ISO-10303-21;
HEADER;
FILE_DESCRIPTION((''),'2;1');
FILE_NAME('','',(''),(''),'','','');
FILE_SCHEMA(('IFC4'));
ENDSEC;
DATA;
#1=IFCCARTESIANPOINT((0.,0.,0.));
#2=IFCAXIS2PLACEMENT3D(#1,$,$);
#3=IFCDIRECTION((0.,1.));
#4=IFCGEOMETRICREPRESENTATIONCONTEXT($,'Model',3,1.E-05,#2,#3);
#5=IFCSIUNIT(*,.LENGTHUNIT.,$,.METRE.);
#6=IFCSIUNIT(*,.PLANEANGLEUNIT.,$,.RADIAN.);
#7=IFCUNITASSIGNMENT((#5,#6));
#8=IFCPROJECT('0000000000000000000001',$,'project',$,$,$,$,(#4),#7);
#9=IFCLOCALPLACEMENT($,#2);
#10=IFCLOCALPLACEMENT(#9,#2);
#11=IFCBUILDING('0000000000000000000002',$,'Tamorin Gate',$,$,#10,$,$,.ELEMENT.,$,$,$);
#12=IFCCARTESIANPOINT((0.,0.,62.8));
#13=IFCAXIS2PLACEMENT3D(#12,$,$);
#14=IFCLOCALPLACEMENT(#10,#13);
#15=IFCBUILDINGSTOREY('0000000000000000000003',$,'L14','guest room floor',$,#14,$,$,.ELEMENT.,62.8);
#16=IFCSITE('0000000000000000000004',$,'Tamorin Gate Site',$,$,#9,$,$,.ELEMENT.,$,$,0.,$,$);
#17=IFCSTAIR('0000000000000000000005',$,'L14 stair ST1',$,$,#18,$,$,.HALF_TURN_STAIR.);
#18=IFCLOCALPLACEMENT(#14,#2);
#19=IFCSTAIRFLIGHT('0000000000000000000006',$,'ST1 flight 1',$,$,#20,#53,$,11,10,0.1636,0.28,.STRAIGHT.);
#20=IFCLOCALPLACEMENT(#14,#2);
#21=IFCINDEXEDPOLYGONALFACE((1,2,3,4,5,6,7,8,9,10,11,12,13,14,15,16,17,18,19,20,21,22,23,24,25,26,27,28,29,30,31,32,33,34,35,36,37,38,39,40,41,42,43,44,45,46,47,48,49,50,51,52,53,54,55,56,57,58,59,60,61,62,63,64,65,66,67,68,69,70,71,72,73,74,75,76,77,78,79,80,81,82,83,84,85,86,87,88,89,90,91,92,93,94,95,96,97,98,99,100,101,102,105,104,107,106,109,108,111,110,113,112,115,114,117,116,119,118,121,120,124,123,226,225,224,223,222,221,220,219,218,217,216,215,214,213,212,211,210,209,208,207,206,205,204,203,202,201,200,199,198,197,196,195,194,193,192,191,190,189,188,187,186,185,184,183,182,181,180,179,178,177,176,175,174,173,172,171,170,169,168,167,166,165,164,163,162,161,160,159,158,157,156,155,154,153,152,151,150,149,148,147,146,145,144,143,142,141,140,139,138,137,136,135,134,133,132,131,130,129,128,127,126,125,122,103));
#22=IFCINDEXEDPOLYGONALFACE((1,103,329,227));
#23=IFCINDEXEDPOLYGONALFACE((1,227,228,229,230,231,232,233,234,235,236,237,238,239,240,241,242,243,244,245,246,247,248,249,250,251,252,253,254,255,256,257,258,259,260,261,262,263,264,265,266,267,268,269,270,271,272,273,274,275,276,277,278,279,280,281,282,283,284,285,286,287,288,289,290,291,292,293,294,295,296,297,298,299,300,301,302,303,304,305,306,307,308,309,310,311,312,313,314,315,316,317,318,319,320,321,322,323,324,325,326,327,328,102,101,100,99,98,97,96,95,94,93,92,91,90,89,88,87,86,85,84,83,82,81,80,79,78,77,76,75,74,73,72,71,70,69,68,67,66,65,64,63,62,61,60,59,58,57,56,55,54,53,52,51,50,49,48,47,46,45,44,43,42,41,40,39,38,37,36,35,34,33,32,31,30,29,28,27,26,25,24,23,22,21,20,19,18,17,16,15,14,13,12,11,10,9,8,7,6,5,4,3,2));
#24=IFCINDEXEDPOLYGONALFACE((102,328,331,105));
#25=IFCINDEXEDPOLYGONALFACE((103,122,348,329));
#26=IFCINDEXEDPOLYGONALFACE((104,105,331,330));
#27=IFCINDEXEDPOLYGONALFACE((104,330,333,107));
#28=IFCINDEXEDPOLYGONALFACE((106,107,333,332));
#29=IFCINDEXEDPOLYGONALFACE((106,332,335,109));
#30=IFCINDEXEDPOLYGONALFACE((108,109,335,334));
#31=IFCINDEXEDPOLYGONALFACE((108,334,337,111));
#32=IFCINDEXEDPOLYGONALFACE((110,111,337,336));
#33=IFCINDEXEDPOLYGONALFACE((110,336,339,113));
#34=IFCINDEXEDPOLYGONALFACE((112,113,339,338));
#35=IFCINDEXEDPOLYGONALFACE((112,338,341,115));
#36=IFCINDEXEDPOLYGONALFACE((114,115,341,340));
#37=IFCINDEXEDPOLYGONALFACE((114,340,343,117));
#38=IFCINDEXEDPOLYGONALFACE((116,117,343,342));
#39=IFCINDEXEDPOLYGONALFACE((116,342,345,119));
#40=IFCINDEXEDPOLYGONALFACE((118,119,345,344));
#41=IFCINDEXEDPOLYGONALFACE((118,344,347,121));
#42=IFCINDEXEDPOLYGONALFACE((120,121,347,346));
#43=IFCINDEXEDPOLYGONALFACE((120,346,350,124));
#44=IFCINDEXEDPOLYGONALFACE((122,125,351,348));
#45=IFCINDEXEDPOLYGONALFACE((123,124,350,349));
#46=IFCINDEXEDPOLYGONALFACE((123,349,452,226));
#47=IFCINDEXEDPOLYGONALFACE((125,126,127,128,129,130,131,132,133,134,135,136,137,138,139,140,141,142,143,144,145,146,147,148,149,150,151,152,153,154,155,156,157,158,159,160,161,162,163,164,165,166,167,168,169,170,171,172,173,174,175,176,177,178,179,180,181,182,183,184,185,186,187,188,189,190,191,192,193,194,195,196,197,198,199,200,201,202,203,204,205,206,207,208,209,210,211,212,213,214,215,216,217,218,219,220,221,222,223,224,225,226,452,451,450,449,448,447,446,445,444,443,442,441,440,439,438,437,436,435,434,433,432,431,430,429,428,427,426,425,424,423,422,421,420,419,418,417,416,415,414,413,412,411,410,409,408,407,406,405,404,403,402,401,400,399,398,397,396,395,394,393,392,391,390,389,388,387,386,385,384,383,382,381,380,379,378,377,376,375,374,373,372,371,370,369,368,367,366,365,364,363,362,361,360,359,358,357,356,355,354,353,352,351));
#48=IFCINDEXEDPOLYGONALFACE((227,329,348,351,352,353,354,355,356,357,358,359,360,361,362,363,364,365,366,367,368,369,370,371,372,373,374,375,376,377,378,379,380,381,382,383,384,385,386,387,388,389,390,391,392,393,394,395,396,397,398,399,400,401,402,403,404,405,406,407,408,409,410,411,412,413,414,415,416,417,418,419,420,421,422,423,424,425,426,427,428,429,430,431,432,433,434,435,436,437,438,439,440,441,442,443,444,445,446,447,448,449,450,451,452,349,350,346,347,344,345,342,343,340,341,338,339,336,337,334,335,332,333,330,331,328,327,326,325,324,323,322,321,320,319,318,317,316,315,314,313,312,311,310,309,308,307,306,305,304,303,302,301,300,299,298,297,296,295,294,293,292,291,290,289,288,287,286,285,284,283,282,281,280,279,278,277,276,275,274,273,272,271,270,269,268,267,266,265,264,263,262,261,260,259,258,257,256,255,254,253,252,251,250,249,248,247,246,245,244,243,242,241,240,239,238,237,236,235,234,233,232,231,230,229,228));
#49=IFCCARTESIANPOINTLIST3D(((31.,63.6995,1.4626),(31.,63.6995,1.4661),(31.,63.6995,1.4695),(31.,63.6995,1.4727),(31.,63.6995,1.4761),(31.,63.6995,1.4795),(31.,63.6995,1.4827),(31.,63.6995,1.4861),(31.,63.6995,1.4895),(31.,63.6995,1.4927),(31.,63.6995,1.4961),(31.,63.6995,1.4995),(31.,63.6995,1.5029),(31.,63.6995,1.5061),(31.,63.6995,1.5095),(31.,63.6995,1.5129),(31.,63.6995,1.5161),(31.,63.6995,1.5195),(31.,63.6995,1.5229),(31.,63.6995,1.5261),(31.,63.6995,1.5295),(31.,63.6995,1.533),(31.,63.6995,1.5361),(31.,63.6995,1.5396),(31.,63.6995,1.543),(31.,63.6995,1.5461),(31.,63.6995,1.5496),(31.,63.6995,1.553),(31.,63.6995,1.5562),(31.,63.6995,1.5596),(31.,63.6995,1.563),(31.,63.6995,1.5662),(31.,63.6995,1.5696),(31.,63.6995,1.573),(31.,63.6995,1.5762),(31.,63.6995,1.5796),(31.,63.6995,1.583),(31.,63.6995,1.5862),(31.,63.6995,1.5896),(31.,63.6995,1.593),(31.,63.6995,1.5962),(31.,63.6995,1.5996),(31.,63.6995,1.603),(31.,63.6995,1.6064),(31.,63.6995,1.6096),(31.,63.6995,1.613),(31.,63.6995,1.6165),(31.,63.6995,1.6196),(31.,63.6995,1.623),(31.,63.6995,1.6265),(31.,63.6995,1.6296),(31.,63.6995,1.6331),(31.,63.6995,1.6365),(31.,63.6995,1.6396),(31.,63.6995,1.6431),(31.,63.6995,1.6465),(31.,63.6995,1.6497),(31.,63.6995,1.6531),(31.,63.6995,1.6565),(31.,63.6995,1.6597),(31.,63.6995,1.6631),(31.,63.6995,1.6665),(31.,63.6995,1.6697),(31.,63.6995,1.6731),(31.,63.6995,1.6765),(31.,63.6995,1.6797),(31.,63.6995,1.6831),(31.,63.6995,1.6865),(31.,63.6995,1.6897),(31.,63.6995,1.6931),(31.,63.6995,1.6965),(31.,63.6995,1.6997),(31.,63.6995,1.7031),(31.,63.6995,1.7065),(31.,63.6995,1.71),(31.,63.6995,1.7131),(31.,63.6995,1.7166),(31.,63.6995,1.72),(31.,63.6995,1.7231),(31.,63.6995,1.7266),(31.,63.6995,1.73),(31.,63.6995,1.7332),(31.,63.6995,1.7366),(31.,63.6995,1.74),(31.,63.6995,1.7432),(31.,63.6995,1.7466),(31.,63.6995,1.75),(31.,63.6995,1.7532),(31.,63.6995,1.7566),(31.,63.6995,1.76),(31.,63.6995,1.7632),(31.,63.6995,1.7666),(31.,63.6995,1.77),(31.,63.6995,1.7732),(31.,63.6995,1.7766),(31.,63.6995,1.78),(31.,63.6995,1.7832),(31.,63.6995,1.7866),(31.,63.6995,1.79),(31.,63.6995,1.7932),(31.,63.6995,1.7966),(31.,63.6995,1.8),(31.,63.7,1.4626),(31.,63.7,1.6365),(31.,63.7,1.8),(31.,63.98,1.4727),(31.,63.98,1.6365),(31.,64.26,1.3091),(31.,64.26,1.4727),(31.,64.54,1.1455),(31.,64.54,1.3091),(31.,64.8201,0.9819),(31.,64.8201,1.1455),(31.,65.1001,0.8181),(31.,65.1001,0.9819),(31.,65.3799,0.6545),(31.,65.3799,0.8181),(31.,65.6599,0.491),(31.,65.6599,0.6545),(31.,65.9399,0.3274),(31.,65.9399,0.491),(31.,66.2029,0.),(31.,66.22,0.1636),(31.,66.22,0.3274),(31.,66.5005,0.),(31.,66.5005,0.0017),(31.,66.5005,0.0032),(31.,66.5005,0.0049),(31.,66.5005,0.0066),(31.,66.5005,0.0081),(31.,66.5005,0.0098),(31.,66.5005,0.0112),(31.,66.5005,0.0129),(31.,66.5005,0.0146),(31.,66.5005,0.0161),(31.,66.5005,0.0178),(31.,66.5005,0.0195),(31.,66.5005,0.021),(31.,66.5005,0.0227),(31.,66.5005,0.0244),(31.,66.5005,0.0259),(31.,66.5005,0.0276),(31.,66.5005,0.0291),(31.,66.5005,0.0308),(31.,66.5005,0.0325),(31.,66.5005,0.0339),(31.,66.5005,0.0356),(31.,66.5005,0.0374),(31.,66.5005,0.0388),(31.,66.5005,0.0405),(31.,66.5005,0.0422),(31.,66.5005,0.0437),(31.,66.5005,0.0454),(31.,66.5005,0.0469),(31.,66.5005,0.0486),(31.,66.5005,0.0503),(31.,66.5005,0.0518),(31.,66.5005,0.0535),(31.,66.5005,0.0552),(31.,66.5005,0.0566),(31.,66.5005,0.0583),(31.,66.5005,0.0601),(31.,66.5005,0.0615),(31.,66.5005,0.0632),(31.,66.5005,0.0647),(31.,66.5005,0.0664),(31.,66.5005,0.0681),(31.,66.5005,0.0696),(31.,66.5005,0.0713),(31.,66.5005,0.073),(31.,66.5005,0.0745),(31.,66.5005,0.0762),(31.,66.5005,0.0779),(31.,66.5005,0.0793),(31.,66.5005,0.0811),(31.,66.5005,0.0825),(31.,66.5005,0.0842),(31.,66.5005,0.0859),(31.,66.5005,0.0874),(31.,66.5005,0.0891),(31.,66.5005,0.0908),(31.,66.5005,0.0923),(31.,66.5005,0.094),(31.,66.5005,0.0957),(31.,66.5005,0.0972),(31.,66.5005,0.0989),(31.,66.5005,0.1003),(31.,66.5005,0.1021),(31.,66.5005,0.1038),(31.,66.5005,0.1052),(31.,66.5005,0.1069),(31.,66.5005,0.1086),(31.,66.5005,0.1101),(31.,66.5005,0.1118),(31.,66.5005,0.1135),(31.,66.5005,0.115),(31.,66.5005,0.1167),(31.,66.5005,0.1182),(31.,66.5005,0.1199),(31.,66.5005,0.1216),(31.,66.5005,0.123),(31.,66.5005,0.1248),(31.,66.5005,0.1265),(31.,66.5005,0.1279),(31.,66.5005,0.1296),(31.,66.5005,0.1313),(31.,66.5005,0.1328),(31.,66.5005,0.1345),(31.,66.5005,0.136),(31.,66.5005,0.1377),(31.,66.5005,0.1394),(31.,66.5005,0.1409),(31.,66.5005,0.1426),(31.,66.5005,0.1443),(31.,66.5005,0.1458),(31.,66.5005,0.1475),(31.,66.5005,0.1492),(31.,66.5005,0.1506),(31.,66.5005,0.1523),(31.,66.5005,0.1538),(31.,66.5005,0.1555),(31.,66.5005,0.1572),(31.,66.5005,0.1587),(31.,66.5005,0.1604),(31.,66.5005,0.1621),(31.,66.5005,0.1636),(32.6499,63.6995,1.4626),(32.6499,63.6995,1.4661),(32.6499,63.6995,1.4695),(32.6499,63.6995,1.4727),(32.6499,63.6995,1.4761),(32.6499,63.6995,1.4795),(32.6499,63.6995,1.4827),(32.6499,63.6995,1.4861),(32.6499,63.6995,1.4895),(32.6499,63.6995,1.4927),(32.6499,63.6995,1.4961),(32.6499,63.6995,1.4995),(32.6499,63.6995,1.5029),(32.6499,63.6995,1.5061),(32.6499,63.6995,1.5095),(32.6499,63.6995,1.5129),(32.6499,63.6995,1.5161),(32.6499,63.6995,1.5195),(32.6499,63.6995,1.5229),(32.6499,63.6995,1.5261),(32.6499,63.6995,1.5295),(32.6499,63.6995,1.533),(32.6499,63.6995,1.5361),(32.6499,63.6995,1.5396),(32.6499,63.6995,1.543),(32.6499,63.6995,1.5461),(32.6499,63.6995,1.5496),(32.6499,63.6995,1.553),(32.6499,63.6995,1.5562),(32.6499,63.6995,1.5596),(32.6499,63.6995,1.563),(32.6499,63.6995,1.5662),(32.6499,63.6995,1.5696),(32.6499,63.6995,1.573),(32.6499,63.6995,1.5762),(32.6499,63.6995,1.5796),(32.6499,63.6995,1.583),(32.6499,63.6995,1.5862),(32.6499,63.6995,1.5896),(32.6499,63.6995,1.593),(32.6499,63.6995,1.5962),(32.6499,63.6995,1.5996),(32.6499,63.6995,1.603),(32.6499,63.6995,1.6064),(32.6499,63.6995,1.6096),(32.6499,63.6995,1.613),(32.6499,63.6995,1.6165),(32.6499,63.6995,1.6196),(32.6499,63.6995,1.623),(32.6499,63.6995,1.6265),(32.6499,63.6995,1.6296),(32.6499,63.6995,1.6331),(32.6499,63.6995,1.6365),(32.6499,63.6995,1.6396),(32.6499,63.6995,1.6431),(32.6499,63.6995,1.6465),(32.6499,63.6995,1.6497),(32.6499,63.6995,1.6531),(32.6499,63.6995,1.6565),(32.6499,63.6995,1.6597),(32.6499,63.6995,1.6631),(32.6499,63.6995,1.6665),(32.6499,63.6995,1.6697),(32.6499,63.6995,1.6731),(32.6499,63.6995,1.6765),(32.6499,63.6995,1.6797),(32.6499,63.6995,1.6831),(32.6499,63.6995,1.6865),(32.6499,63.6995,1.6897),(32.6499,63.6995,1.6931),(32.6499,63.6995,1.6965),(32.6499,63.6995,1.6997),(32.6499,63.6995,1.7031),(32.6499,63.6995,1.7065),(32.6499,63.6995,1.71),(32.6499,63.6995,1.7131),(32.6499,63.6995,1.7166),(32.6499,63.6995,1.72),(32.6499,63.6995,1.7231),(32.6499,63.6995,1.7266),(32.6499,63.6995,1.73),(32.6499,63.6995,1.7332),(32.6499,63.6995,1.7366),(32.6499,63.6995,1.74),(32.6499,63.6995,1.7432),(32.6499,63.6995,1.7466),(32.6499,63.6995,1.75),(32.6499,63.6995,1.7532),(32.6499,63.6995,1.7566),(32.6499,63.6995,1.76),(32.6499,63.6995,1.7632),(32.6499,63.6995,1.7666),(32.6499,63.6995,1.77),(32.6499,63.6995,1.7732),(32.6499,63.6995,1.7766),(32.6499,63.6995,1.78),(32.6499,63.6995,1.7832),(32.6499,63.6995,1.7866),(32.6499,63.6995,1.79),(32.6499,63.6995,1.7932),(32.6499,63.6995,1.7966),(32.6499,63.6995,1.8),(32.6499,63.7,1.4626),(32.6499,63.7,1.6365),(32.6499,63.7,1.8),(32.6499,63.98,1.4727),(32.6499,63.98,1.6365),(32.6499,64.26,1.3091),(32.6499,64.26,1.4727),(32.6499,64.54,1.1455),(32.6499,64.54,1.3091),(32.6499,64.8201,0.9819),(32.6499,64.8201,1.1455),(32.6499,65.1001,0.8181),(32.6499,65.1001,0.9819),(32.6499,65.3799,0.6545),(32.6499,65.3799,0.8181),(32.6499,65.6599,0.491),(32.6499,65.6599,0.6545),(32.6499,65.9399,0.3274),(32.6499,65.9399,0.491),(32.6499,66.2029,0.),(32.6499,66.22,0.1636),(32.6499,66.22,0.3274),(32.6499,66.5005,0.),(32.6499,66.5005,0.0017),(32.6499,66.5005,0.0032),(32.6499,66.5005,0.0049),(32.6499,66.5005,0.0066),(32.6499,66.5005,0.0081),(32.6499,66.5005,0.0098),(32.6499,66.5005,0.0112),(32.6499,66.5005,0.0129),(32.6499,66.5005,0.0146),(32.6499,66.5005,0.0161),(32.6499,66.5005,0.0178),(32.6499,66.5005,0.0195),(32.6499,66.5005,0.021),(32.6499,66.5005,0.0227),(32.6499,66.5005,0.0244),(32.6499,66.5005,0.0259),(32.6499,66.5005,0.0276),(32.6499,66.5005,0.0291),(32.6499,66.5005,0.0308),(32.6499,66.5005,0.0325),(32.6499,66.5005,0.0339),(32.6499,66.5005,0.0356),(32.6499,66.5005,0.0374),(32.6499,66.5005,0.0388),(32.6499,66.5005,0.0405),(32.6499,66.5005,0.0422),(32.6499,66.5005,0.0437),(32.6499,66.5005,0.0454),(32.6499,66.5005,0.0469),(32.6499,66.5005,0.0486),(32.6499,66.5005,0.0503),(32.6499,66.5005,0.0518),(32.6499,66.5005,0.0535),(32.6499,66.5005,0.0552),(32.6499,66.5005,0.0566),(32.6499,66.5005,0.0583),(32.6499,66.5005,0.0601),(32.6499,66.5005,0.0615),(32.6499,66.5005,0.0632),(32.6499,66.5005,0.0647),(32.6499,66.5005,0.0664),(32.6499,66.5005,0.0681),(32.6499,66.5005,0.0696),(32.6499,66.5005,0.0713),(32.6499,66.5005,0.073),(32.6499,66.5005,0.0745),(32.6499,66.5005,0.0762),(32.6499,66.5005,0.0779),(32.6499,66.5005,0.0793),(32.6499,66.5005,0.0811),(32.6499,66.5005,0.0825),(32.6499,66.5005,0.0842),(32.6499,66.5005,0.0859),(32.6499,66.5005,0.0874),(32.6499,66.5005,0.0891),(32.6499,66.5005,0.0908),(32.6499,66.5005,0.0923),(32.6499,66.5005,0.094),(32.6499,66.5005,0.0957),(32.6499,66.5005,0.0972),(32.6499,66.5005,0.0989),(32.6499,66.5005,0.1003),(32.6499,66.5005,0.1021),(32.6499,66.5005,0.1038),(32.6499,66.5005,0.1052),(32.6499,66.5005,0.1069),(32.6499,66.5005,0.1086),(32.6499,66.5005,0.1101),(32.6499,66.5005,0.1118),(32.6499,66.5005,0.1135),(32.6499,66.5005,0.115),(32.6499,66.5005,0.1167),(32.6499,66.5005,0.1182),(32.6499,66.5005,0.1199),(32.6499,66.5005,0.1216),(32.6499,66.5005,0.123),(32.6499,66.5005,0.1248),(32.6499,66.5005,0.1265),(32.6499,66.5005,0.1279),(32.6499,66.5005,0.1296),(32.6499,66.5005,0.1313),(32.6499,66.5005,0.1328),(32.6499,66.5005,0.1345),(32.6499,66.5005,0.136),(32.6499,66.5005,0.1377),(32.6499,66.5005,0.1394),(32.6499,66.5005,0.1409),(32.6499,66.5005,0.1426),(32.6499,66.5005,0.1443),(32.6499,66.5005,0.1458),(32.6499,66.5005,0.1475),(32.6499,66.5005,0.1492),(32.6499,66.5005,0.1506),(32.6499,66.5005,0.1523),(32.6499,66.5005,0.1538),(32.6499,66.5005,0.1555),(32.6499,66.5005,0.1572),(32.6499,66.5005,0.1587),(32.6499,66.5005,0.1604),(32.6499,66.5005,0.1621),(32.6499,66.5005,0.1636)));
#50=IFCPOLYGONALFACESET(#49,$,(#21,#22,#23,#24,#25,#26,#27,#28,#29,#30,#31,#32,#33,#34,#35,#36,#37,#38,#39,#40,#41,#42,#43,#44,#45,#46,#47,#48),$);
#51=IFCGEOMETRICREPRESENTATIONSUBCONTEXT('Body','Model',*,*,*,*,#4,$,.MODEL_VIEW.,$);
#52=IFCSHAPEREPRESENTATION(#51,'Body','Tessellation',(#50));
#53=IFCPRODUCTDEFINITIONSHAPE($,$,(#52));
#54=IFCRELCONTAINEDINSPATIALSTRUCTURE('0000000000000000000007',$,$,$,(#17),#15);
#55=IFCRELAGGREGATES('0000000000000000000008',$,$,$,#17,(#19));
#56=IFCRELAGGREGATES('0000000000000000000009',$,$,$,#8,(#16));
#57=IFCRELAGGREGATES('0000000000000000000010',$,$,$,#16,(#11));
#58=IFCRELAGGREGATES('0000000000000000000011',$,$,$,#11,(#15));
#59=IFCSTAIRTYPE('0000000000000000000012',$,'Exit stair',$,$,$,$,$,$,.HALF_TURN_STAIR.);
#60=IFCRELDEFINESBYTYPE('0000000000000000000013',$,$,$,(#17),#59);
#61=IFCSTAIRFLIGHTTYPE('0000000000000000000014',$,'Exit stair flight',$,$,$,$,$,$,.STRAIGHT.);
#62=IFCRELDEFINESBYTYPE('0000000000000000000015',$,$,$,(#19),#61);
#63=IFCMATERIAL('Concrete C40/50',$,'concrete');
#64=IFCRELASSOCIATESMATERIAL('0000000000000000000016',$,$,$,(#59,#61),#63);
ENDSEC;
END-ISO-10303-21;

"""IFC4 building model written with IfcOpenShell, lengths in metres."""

from ifc_helpers import new_model, si_unit, direction, frame, origin, place, context, subcontext, project, spatial, polyline, outline, extrude, material, type_object, element, aggregate, save


model = new_model("IFC4")

# Units and contexts
model_context = context("Model", 3, precision=1e-05, world=origin(), true_north=direction((0.0, 1.0)))
body_context = subcontext(model_context, "Body", "Model", "MODEL_VIEW")
ifc_project = project(units=[si_unit("LENGTHUNIT", "METRE"), si_unit("PLANEANGLEUNIT", "RADIAN")], contexts=[model_context])

# Site, building, storey
site_placement = place(None, origin())
site = spatial("IfcSite", under=ifc_project, at=site_placement, Name="Tamorin Gate Site", CompositionType="ELEMENT", RefElevation=0.0)
building_placement = place(site_placement, origin())
building = spatial("IfcBuilding", under=site, at=building_placement, Name="Tamorin Gate", CompositionType="ELEMENT")
storey_placement = place(building_placement, frame((0.0, 0.0, 62.8)))
storey = spatial("IfcBuildingStorey", under=building, at=storey_placement, Name="L14", Description="guest room floor", CompositionType="ELEMENT", Elevation=62.8)

# Shared definitions
ifc_material_1 = material(Name="Concrete C40/50", Category="concrete")

# Stair, stair flight
stair_type = type_object("IfcStairType", Name="Exit stair", PredefinedType="HALF_TURN_STAIR", material=ifc_material_1)
stair_placement = place(storey_placement, origin())
stair = element("IfcStair", 1, at=stair_placement, inside=storey, type_object=stair_type, Name="L14 stair ST1", PredefinedType="HALF_TURN_STAIR")
stair_flight_type = type_object("IfcStairFlightType", Name="Exit stair flight", PredefinedType="STRAIGHT", material=ifc_material_1)
stair_flight_1_placement = place(storey_placement, frame((31.825, 66.5, 0.0), z_axis=(0.0, 0.0, 1.0), x_axis=(0.0, -1.0, 0.0)))
stair_flight_1 = element("IfcStairFlight", 2, at=stair_flight_1_placement, type_object=stair_flight_type, Name="ST1 flight 1", NumberOfRisers=11, NumberOfTreads=10, PredefinedType="STRAIGHT", RiserHeight=0.1636, TreadLength=0.28, context=body_context, shape_type="SweptSolid", body=[
    extrude(outline(polyline([(-0.0005, 0.0), (-0.0005, 0.0017), (-0.0005, 0.0032), (-0.0005, 0.0049), (-0.0005, 0.0066), (-0.0005, 0.0081), (-0.0005, 0.0098), (-0.0005, 0.0112), (-0.0005, 0.0129), (-0.0005, 0.0146), (-0.0005, 0.0161), (-0.0005, 0.0178), (-0.0005, 0.0195), (-0.0005, 0.021), (-0.0005, 0.0227), (-0.0005, 0.0244), (-0.0005, 0.0259), (-0.0005, 0.0276), (-0.0005, 0.0291), (-0.0005, 0.0308), (-0.0005, 0.0325), (-0.0005, 0.0339), (-0.0005, 0.0356), (-0.0005, 0.0374), (-0.0005, 0.0388), (-0.0005, 0.0405), (-0.0005, 0.0422), (-0.0005, 0.0437), (-0.0005, 0.0454), (-0.0005, 0.0469), (-0.0005, 0.0486), (-0.0005, 0.0503), (-0.0005, 0.0518), (-0.0005, 0.0535), (-0.0005, 0.0552), (-0.0005, 0.0566), (-0.0005, 0.0583), (-0.0005, 0.0601), (-0.0005, 0.0615), (-0.0005, 0.0632), (-0.0005, 0.0647), (-0.0005, 0.0664), (-0.0005, 0.0681), (-0.0005, 0.0696), (-0.0005, 0.0713), (-0.0005, 0.073), (-0.0005, 0.0745), (-0.0005, 0.0762), (-0.0005, 0.0779), (-0.0005, 0.0793), (-0.0005, 0.0811), (-0.0005, 0.0825), (-0.0005, 0.0842), (-0.0005, 0.0859), (-0.0005, 0.0874), (-0.0005, 0.0891), (-0.0005, 0.0908), (-0.0005, 0.0923), (-0.0005, 0.094), (-0.0005, 0.0957), (-0.0005, 0.0972), (-0.0005, 0.0989), (-0.0005, 0.1003), (-0.0005, 0.1021), (-0.0005, 0.1038), (-0.0005, 0.1052), (-0.0005, 0.1069), (-0.0005, 0.1086), (-0.0005, 0.1101), (-0.0005, 0.1118), (-0.0005, 0.1135), (-0.0005, 0.115), (-0.0005, 0.1167), (-0.0005, 0.1182), (-0.0005, 0.1199), (-0.0005, 0.1216), (-0.0005, 0.123), (-0.0005, 0.1248), (-0.0005, 0.1265), (-0.0005, 0.1279), (-0.0005, 0.1296), (-0.0005, 0.1313), (-0.0005, 0.1328), (-0.0005, 0.1345), (-0.0005, 0.136), (-0.0005, 0.1377), (-0.0005, 0.1394), (-0.0005, 0.1409), (-0.0005, 0.1426), (-0.0005, 0.1443), (-0.0005, 0.1458), (-0.0005, 0.1475), (-0.0005, 0.1492), (-0.0005, 0.1506), (-0.0005, 0.1523), (-0.0005, 0.1538), (-0.0005, 0.1555), (-0.0005, 0.1572), (-0.0005, 0.1587), (-0.0005, 0.1604), (-0.0005, 0.1621), (-0.0005, 0.1636), (0.28, 0.1636), (0.28, 0.3274), (0.5601, 0.3274), (0.5601, 0.491), (0.8401, 0.491), (0.8401, 0.6545), (1.1201, 0.6545), (1.1201, 0.8181), (1.3999, 0.8181), (1.3999, 0.9819), (1.6799, 0.9819), (1.6799, 1.1455), (1.96, 1.1455), (1.96, 1.3091), (2.24, 1.3091), (2.24, 1.4727), (2.52, 1.4727), (2.52, 1.6365), (2.8, 1.6365), (2.8, 1.8), (2.8005, 1.8), (2.8005, 1.7966), (2.8005, 1.7932), (2.8005, 1.79), (2.8005, 1.7866), (2.8005, 1.7832), (2.8005, 1.78), (2.8005, 1.7766), (2.8005, 1.7732), (2.8005, 1.77), (2.8005, 1.7666), (2.8005, 1.7632), (2.8005, 1.76), (2.8005, 1.7566), (2.8005, 1.7532), (2.8005, 1.75), (2.8005, 1.7466), (2.8005, 1.7432), (2.8005, 1.74), (2.8005, 1.7366), (2.8005, 1.7332), (2.8005, 1.73), (2.8005, 1.7266), (2.8005, 1.7231), (2.8005, 1.72), (2.8005, 1.7166), (2.8005, 1.7131), (2.8005, 1.71), (2.8005, 1.7065), (2.8005, 1.7031), (2.8005, 1.6997), (2.8005, 1.6965), (2.8005, 1.6931), (2.8005, 1.6897), (2.8005, 1.6865), (2.8005, 1.6831), (2.8005, 1.6797), (2.8005, 1.6765), (2.8005, 1.6731), (2.8005, 1.6697), (2.8005, 1.6665), (2.8005, 1.6631), (2.8005, 1.6597), (2.8005, 1.6565), (2.8005, 1.6531), (2.8005, 1.6497), (2.8005, 1.6465), (2.8005, 1.6431), (2.8005, 1.6396), (2.8005, 1.6365), (2.8005, 1.6331), (2.8005, 1.6296), (2.8005, 1.6265), (2.8005, 1.623), (2.8005, 1.6196), (2.8005, 1.6165), (2.8005, 1.613), (2.8005, 1.6096), (2.8005, 1.6064), (2.8005, 1.603), (2.8005, 1.5996), (2.8005, 1.5962), (2.8005, 1.593), (2.8005, 1.5896), (2.8005, 1.5862), (2.8005, 1.583), (2.8005, 1.5796), (2.8005, 1.5762), (2.8005, 1.573), (2.8005, 1.5696), (2.8005, 1.5662), (2.8005, 1.563), (2.8005, 1.5596), (2.8005, 1.5562), (2.8005, 1.553), (2.8005, 1.5496), (2.8005, 1.5461), (2.8005, 1.543), (2.8005, 1.5396), (2.8005, 1.5361), (2.8005, 1.533), (2.8005, 1.5295), (2.8005, 1.5261), (2.8005, 1.5229), (2.8005, 1.5195), (2.8005, 1.5161), (2.8005, 1.5129), (2.8005, 1.5095), (2.8005, 1.5061), (2.8005, 1.5029), (2.8005, 1.4995), (2.8005, 1.4961), (2.8005, 1.4927), (2.8005, 1.4895), (2.8005, 1.4861), (2.8005, 1.4827), (2.8005, 1.4795), (2.8005, 1.4761), (2.8005, 1.4727), (2.8005, 1.4695), (2.8005, 1.4661), (2.8005, 1.4626), (2.8, 1.4626), (0.2971, 0.0), (-0.0005, 0.0)])), frame((0.0, 0.825, 0.0), z_axis=(0.0, -1.0, 0.0), x_axis=(1.0, 0.0, 0.0)), (0.0, 0.0, 1.0), 1.6499),
])
aggregate(stair, [stair_flight_1])

save(model, "model.ifc")
